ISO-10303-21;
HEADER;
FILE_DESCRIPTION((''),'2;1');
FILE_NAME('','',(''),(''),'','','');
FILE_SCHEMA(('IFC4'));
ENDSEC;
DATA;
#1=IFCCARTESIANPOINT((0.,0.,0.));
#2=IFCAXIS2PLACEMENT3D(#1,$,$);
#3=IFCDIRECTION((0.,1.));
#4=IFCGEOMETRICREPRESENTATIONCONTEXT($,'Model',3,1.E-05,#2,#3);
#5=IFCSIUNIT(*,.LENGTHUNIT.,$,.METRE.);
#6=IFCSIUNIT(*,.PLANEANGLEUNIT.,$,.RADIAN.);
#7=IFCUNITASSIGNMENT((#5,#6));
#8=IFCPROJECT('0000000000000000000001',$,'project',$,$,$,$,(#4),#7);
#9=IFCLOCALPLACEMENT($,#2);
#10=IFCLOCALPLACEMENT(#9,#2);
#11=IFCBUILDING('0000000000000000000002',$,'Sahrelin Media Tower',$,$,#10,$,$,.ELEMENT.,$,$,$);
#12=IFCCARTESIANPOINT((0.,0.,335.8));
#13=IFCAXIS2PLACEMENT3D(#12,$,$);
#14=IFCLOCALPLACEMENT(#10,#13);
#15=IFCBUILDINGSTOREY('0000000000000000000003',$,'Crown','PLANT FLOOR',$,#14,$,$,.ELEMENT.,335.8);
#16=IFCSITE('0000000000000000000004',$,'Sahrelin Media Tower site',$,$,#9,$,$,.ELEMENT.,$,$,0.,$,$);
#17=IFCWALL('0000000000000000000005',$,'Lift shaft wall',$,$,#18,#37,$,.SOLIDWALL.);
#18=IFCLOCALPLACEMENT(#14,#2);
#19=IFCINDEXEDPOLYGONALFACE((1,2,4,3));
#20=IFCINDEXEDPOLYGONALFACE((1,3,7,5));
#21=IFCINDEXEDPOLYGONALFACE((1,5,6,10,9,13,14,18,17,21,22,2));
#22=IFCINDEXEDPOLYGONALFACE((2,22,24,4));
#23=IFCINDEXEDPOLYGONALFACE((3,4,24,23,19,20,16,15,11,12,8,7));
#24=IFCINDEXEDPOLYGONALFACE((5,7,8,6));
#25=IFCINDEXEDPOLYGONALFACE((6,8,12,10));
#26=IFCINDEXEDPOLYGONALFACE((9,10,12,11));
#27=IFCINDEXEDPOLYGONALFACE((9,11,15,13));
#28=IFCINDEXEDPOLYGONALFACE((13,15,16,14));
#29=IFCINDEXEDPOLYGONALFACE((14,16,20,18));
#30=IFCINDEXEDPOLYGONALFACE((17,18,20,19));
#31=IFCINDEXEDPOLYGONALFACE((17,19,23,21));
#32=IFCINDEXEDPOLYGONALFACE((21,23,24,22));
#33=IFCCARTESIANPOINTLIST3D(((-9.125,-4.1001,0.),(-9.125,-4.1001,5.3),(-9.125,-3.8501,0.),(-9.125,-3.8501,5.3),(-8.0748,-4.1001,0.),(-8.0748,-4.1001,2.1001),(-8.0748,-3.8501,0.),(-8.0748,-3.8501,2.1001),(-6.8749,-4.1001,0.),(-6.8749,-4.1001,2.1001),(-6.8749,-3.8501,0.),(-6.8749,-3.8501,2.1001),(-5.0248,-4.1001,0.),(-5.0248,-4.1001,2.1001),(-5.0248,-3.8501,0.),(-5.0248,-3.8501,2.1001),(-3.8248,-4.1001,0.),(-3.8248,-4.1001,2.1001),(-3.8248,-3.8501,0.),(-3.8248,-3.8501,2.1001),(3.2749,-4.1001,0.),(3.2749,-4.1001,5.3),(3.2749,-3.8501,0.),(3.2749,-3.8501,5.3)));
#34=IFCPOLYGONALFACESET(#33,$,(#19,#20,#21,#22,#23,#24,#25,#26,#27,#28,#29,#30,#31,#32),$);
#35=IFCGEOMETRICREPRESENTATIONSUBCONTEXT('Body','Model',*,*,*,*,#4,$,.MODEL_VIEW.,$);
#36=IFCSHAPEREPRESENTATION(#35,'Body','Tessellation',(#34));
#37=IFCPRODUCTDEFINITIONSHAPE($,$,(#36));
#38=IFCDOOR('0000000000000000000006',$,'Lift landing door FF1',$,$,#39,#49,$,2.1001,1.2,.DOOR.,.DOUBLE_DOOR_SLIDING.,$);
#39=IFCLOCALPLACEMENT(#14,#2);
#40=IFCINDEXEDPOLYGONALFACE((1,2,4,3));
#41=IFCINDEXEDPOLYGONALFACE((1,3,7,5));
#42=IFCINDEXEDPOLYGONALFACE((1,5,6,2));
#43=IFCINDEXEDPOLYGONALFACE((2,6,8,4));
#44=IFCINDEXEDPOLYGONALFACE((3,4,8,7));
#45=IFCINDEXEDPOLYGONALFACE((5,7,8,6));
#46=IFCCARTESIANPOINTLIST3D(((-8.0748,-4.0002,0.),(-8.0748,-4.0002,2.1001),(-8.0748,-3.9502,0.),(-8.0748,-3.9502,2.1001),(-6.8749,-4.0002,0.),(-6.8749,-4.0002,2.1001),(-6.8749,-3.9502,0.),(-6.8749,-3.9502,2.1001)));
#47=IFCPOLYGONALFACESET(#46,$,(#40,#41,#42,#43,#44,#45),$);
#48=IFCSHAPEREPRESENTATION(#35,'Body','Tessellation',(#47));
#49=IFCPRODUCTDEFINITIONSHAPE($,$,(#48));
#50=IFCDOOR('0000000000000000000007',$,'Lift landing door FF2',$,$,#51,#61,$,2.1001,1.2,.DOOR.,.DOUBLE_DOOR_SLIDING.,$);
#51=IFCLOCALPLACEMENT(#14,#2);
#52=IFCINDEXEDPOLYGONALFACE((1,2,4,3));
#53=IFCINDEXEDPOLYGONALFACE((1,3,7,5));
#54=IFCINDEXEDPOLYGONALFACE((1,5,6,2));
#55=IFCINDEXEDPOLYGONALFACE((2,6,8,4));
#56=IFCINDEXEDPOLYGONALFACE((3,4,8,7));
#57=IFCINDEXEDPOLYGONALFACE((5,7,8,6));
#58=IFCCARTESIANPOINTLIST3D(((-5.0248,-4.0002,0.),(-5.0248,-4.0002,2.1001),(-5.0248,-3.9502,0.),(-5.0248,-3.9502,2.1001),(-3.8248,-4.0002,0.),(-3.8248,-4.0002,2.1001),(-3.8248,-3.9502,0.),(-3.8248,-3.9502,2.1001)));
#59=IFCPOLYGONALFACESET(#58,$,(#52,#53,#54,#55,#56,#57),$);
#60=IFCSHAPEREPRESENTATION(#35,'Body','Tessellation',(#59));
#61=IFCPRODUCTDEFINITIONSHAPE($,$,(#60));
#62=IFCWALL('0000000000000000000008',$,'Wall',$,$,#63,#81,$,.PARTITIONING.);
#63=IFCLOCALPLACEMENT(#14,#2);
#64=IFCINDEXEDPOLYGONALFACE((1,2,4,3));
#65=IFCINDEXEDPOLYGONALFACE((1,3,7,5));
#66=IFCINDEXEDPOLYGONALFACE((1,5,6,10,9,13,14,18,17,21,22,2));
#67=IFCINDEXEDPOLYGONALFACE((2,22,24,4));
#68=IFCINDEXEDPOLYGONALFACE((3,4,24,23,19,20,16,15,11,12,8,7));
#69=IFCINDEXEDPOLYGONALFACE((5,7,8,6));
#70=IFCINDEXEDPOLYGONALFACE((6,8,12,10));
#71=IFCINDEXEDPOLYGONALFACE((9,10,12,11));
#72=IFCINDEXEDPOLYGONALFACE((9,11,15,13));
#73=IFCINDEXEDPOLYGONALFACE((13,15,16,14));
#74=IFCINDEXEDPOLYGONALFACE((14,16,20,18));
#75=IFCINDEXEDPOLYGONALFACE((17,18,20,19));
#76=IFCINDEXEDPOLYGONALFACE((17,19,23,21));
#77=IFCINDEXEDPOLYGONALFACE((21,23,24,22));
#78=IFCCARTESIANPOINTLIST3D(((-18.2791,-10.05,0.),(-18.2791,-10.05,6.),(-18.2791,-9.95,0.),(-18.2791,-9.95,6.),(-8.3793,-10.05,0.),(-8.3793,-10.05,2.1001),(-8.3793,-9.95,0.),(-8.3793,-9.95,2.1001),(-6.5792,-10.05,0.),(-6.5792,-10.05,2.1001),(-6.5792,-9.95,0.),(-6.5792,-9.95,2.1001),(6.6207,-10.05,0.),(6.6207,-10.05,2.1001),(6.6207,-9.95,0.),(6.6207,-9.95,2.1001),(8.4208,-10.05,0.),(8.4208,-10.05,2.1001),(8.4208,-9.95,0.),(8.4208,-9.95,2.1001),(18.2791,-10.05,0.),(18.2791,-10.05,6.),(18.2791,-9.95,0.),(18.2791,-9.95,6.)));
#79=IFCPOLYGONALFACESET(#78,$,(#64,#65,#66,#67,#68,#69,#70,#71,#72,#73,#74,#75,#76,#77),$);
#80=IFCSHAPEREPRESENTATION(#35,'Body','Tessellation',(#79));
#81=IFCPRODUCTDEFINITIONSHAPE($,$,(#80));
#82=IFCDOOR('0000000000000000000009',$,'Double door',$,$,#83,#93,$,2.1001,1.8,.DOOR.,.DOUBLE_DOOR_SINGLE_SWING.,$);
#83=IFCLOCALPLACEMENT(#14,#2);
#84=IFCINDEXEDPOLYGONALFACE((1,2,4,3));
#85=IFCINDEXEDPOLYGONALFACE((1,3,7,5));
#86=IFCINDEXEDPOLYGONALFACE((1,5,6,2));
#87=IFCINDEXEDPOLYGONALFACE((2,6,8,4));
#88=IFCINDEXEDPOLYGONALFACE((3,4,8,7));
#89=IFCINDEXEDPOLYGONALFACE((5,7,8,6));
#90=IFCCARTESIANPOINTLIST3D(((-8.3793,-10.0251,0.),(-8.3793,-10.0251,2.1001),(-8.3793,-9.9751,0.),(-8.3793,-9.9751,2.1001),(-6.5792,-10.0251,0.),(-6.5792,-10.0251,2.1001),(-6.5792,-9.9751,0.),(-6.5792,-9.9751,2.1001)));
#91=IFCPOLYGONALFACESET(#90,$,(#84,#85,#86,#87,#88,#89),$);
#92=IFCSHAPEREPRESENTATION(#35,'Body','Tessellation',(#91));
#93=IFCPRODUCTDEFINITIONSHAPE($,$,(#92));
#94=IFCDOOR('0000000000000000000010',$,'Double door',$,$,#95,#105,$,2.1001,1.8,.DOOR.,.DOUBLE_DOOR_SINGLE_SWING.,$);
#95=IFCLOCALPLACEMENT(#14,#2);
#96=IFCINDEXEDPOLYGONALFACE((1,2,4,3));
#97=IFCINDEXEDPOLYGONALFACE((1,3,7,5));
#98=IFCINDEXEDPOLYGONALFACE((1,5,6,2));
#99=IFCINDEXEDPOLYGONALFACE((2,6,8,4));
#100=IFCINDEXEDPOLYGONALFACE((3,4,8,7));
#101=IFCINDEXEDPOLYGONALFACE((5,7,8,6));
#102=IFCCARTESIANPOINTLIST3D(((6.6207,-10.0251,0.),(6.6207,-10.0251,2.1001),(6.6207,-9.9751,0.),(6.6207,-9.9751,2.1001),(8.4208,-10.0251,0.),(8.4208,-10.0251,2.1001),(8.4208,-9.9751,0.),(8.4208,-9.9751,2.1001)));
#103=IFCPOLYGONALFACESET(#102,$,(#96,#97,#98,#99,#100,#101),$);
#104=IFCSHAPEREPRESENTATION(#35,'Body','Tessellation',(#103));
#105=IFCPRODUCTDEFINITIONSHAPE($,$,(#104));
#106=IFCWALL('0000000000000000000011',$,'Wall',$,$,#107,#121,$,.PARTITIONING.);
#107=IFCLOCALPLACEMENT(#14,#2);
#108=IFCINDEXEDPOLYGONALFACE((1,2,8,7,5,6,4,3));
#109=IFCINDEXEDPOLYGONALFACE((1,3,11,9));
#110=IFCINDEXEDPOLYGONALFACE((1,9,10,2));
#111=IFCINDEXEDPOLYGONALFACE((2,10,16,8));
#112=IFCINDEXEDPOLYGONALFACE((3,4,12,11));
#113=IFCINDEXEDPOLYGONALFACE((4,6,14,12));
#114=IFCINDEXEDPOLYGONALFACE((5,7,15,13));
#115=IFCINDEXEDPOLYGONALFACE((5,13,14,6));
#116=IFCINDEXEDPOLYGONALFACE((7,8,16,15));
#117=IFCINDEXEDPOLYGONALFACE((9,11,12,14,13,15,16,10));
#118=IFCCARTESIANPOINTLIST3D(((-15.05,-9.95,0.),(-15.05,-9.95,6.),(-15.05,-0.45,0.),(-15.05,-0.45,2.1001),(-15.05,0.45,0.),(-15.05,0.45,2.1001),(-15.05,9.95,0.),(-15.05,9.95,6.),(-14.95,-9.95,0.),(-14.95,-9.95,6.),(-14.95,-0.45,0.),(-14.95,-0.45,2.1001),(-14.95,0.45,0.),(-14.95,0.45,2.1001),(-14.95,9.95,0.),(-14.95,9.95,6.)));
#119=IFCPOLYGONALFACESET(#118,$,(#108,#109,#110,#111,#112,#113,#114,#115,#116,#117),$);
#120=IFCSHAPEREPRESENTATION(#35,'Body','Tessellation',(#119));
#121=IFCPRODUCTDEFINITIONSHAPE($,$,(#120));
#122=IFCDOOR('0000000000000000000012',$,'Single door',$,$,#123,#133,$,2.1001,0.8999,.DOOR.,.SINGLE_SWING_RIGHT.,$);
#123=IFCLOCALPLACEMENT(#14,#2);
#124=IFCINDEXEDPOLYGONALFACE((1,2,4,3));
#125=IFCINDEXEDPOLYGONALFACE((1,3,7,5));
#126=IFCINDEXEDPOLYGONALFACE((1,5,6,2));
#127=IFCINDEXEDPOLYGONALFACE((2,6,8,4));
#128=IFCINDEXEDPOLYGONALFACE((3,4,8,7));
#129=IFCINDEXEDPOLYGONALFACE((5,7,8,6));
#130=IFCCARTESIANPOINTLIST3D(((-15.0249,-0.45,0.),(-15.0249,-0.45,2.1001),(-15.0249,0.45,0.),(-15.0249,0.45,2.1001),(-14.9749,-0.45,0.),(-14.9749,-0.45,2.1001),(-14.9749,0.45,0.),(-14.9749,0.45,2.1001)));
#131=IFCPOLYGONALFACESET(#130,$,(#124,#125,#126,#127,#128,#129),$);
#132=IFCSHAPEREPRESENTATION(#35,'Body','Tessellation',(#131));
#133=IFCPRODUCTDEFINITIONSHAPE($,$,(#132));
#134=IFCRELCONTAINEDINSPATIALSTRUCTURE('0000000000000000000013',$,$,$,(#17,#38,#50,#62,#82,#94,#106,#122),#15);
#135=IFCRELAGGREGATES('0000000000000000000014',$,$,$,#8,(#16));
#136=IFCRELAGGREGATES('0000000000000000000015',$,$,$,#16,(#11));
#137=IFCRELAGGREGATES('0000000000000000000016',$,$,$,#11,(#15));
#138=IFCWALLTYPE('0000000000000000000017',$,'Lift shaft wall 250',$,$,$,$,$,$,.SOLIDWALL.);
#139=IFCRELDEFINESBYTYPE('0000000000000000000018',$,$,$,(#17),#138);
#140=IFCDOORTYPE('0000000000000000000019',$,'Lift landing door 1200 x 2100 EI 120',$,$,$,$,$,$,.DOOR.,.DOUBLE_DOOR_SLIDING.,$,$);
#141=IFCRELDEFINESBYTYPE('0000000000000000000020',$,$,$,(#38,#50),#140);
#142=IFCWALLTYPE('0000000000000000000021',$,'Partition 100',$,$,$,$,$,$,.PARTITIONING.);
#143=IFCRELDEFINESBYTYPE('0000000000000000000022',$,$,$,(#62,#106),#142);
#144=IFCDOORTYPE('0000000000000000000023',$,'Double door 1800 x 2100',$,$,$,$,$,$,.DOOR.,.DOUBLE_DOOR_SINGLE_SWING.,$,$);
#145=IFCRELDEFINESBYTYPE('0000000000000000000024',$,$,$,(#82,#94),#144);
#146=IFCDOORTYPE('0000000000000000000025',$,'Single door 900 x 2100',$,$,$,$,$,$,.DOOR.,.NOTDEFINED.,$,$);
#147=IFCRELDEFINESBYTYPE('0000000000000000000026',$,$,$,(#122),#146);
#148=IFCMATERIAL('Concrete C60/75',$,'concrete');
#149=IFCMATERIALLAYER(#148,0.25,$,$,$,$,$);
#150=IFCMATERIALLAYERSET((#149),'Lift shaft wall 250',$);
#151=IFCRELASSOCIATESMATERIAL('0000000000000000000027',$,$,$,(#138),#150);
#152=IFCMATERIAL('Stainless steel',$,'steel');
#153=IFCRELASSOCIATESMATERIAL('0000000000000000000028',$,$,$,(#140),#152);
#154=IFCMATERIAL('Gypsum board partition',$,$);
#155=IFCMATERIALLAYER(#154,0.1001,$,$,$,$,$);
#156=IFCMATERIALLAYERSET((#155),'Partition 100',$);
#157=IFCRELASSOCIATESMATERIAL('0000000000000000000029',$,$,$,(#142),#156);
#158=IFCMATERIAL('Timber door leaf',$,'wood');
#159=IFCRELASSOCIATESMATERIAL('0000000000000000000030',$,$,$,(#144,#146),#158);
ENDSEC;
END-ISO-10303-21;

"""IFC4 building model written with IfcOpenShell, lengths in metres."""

from ifc_helpers import new_model, si_unit, direction, frame, frame_2d, origin, place, context, subcontext, project, spatial, rectangle, extrude, material, layer, layer_set, type_object, element, fill, save


model = new_model("IFC4")

# Units and contexts
model_context = context("Model", 3, precision=1e-05, world=origin(), true_north=direction((0.0, 1.0)))
body_context = subcontext(model_context, "Body", "Model", "MODEL_VIEW")
ifc_project = project(units=[si_unit("LENGTHUNIT", "METRE"), si_unit("PLANEANGLEUNIT", "RADIAN")], contexts=[model_context])

# Site, building, storey
site_placement = place(None, origin())
site = spatial("IfcSite", under=ifc_project, at=site_placement, Name="Sahrelin Media Tower site", CompositionType="ELEMENT", RefElevation=0.0)
building_placement = place(site_placement, origin())
building = spatial("IfcBuilding", under=site, at=building_placement, Name="Sahrelin Media Tower", CompositionType="ELEMENT")
storey_placement = place(building_placement, frame((0.0, 0.0, 335.8)))
storey = spatial("IfcBuildingStorey", under=building, at=storey_placement, Name="Crown", Description="PLANT FLOOR", CompositionType="ELEMENT", Elevation=335.8)

# Shared definitions
ifc_material_1 = material(Name="Concrete C60/75", Category="concrete")

# Walls, openings, doors
ifc_layer_1 = layer(ifc_material_1, 0.25)
ifc_layer_set_1 = layer_set([ifc_layer_1], Name="Lift shaft wall 250")
wall_type_1 = type_object("IfcWallType", Name="Lift shaft wall 250", PredefinedType="SOLIDWALL", material=ifc_layer_set_1)
ifc_material_2 = material(Name="Stainless steel", Category="steel")
door_type_1 = type_object("IfcDoorType", Name="Lift landing door 1200 x 2100 EI 120", OperationType="DOUBLE_DOOR_SLIDING", PredefinedType="DOOR", material=ifc_material_2)
wall_1_placement = place(storey_placement, frame((-9.125, -3.9751, 0.0), z_axis=(0.0, 0.0, 1.0), x_axis=(1.0, 0.0, 0.0)))
wall_1 = element("IfcWall", 1, at=wall_1_placement, inside=storey, type_object=wall_type_1, Name="Lift shaft wall", PredefinedType="SOLIDWALL", context=body_context, shape_type="SweptSolid", body=[
    extrude(rectangle(XDim=12.3999, YDim=0.25, at=frame_2d((6.2, 0.0))), origin(), (0.0, 0.0, 1.0), 5.3),
])
opening_1_placement = place(wall_1_placement, frame((1.05, 0.0, 0.0)))
opening_1 = element("IfcOpeningElement", 2, at=opening_1_placement, cuts=wall_1, PredefinedType="OPENING", context=body_context, shape_type="SweptSolid", body=[
    extrude(rectangle(XDim=1.2, YDim=2.1001, at=frame_2d((0.6001, 1.05))), frame((0.0, 0.125, 0.0), z_axis=(0.0, -1.0, 0.0), x_axis=(1.0, 0.0, 0.0)), (0.0, 0.0, 1.0), 0.25),
])
opening_2_placement = place(wall_1_placement, frame((4.1001, 0.0, 0.0)))
opening_2 = element("IfcOpeningElement", 3, at=opening_2_placement, cuts=wall_1, PredefinedType="OPENING", context=body_context, shape_type="SweptSolid", body=[
    extrude(rectangle(XDim=1.2, YDim=2.1001, at=frame_2d((0.6001, 1.05))), frame((0.0, 0.125, 0.0), z_axis=(0.0, -1.0, 0.0), x_axis=(1.0, 0.0, 0.0)), (0.0, 0.0, 1.0), 0.25),
])
door_1_placement = place(opening_1_placement, origin())
door_1 = element("IfcDoor", 4, at=door_1_placement, inside=storey, type_object=door_type_1, Name="Lift landing door FF1", OperationType="DOUBLE_DOOR_SLIDING", OverallHeight=2.1001, OverallWidth=1.2, PredefinedType="DOOR", context=body_context, shape_type="SweptSolid", body=[
    extrude(rectangle(XDim=1.2, YDim=2.1001, at=frame_2d((0.6001, 1.05))), frame((0.0, 0.0249, 0.0), z_axis=(0.0, -1.0, 0.0), x_axis=(1.0, 0.0, 0.0)), (0.0, 0.0, 1.0), 0.05),
])
fill(opening_1, door_1)
door_2_placement = place(opening_2_placement, origin())
door_2 = element("IfcDoor", 5, at=door_2_placement, inside=storey, type_object=door_type_1, Name="Lift landing door FF2", OperationType="DOUBLE_DOOR_SLIDING", OverallHeight=2.1001, OverallWidth=1.2, PredefinedType="DOOR", context=body_context, shape_type="SweptSolid", body=[
    extrude(rectangle(XDim=1.2, YDim=2.1001, at=frame_2d((0.6001, 1.05))), frame((0.0, 0.0249, 0.0), z_axis=(0.0, -1.0, 0.0), x_axis=(1.0, 0.0, 0.0)), (0.0, 0.0, 1.0), 0.05),
])
fill(opening_2, door_2)
ifc_material_3 = material(Name="Gypsum board partition")
ifc_layer_2 = layer(ifc_material_3, 0.1001)
ifc_layer_set_2 = layer_set([ifc_layer_2], Name="Partition 100")
wall_type_2 = type_object("IfcWallType", Name="Partition 100", PredefinedType="PARTITIONING", material=ifc_layer_set_2)
wall_2_placement = place(storey_placement, frame((-18.2791, -10.0, 0.0), z_axis=(0.0, 0.0, 1.0), x_axis=(1.0, 0.0, 0.0)))
wall_2 = element("IfcWall", 6, at=wall_2_placement, inside=storey, type_object=wall_type_2, Name="Wall", PredefinedType="PARTITIONING", context=body_context, shape_type="SweptSolid", body=[
    extrude(rectangle(XDim=36.5581, YDim=0.1001, at=frame_2d((18.2791, 0.0))), origin(), (0.0, 0.0, 1.0), 6.0),
])
opening_3_placement = place(wall_2_placement, frame((9.8999, 0.0, 0.0)))
opening_3 = element("IfcOpeningElement", 7, at=opening_3_placement, cuts=wall_2, PredefinedType="OPENING", context=body_context, shape_type="SweptSolid", body=[
    extrude(rectangle(XDim=1.8, YDim=2.1001, at=frame_2d((0.8999, 1.05))), frame((0.0, 0.05, 0.0), z_axis=(0.0, -1.0, 0.0), x_axis=(1.0, 0.0, 0.0)), (0.0, 0.0, 1.0), 0.1001),
])
opening_4_placement = place(wall_2_placement, frame((24.8999, 0.0, 0.0)))
opening_4 = element("IfcOpeningElement", 8, at=opening_4_placement, cuts=wall_2, PredefinedType="OPENING", context=body_context, shape_type="SweptSolid", body=[
    extrude(rectangle(XDim=1.8, YDim=2.1001, at=frame_2d((0.8999, 1.05))), frame((0.0, 0.05, 0.0), z_axis=(0.0, -1.0, 0.0), x_axis=(1.0, 0.0, 0.0)), (0.0, 0.0, 1.0), 0.1001),
])
ifc_material_4 = material(Name="Timber door leaf", Category="wood")
door_type_2 = type_object("IfcDoorType", Name="Double door 1800 x 2100", OperationType="DOUBLE_DOOR_SINGLE_SWING", PredefinedType="DOOR", material=ifc_material_4)
door_3_placement = place(opening_3_placement, origin())
door_3 = element("IfcDoor", 9, at=door_3_placement, inside=storey, type_object=door_type_2, Name="Double door", OperationType="DOUBLE_DOOR_SINGLE_SWING", OverallHeight=2.1001, OverallWidth=1.8, PredefinedType="DOOR", context=body_context, shape_type="SweptSolid", body=[
    extrude(rectangle(XDim=1.8, YDim=2.1001, at=frame_2d((0.8999, 1.05))), frame((0.0, 0.0249, 0.0), z_axis=(0.0, -1.0, 0.0), x_axis=(1.0, 0.0, 0.0)), (0.0, 0.0, 1.0), 0.05),
])
fill(opening_3, door_3)
door_4_placement = place(opening_4_placement, origin())
door_4 = element("IfcDoor", 10, at=door_4_placement, inside=storey, type_object=door_type_2, Name="Double door", OperationType="DOUBLE_DOOR_SINGLE_SWING", OverallHeight=2.1001, OverallWidth=1.8, PredefinedType="DOOR", context=body_context, shape_type="SweptSolid", body=[
    extrude(rectangle(XDim=1.8, YDim=2.1001, at=frame_2d((0.8999, 1.05))), frame((0.0, 0.0249, 0.0), z_axis=(0.0, -1.0, 0.0), x_axis=(1.0, 0.0, 0.0)), (0.0, 0.0, 1.0), 0.05),
])
fill(opening_4, door_4)

# Wall, opening, door
wall_3_placement = place(storey_placement, frame((-15.0, -9.95, 0.0), z_axis=(0.0, 0.0, 1.0), x_axis=(0.0, 1.0, 0.0)))
wall_3 = element("IfcWall", 11, at=wall_3_placement, inside=storey, type_object=wall_type_2, Name="Wall", PredefinedType="PARTITIONING", context=body_context, shape_type="SweptSolid", body=[
    extrude(rectangle(XDim=19.8999, YDim=0.1001, at=frame_2d((9.95, 0.0))), origin(), (0.0, 0.0, 1.0), 6.0),
])
opening_5_placement = place(wall_3_placement, frame((9.5, 0.0, 0.0)))
opening_5 = element("IfcOpeningElement", 12, at=opening_5_placement, cuts=wall_3, PredefinedType="OPENING", context=body_context, shape_type="SweptSolid", body=[
    extrude(rectangle(XDim=0.8999, YDim=2.1001, at=frame_2d((0.45, 1.05))), frame((0.0, 0.05, 0.0), z_axis=(0.0, -1.0, 0.0), x_axis=(1.0, 0.0, 0.0)), (0.0, 0.0, 1.0), 0.1001),
])
door_type_3 = type_object("IfcDoorType", Name="Single door 900 x 2100", OperationType="NOTDEFINED", PredefinedType="DOOR", material=ifc_material_4)
door_5_placement = place(opening_5_placement, origin())
door_5 = element("IfcDoor", 13, at=door_5_placement, inside=storey, type_object=door_type_3, Name="Single door", OperationType="SINGLE_SWING_RIGHT", OverallHeight=2.1001, OverallWidth=0.8999, PredefinedType="DOOR", context=body_context, shape_type="SweptSolid", body=[
    extrude(rectangle(XDim=0.8999, YDim=2.1001, at=frame_2d((0.45, 1.05))), frame((0.0, 0.0249, 0.0), z_axis=(0.0, -1.0, 0.0), x_axis=(1.0, 0.0, 0.0)), (0.0, 0.0, 1.0), 0.05),
])
fill(opening_5, door_5)

save(model, "model.ifc")
